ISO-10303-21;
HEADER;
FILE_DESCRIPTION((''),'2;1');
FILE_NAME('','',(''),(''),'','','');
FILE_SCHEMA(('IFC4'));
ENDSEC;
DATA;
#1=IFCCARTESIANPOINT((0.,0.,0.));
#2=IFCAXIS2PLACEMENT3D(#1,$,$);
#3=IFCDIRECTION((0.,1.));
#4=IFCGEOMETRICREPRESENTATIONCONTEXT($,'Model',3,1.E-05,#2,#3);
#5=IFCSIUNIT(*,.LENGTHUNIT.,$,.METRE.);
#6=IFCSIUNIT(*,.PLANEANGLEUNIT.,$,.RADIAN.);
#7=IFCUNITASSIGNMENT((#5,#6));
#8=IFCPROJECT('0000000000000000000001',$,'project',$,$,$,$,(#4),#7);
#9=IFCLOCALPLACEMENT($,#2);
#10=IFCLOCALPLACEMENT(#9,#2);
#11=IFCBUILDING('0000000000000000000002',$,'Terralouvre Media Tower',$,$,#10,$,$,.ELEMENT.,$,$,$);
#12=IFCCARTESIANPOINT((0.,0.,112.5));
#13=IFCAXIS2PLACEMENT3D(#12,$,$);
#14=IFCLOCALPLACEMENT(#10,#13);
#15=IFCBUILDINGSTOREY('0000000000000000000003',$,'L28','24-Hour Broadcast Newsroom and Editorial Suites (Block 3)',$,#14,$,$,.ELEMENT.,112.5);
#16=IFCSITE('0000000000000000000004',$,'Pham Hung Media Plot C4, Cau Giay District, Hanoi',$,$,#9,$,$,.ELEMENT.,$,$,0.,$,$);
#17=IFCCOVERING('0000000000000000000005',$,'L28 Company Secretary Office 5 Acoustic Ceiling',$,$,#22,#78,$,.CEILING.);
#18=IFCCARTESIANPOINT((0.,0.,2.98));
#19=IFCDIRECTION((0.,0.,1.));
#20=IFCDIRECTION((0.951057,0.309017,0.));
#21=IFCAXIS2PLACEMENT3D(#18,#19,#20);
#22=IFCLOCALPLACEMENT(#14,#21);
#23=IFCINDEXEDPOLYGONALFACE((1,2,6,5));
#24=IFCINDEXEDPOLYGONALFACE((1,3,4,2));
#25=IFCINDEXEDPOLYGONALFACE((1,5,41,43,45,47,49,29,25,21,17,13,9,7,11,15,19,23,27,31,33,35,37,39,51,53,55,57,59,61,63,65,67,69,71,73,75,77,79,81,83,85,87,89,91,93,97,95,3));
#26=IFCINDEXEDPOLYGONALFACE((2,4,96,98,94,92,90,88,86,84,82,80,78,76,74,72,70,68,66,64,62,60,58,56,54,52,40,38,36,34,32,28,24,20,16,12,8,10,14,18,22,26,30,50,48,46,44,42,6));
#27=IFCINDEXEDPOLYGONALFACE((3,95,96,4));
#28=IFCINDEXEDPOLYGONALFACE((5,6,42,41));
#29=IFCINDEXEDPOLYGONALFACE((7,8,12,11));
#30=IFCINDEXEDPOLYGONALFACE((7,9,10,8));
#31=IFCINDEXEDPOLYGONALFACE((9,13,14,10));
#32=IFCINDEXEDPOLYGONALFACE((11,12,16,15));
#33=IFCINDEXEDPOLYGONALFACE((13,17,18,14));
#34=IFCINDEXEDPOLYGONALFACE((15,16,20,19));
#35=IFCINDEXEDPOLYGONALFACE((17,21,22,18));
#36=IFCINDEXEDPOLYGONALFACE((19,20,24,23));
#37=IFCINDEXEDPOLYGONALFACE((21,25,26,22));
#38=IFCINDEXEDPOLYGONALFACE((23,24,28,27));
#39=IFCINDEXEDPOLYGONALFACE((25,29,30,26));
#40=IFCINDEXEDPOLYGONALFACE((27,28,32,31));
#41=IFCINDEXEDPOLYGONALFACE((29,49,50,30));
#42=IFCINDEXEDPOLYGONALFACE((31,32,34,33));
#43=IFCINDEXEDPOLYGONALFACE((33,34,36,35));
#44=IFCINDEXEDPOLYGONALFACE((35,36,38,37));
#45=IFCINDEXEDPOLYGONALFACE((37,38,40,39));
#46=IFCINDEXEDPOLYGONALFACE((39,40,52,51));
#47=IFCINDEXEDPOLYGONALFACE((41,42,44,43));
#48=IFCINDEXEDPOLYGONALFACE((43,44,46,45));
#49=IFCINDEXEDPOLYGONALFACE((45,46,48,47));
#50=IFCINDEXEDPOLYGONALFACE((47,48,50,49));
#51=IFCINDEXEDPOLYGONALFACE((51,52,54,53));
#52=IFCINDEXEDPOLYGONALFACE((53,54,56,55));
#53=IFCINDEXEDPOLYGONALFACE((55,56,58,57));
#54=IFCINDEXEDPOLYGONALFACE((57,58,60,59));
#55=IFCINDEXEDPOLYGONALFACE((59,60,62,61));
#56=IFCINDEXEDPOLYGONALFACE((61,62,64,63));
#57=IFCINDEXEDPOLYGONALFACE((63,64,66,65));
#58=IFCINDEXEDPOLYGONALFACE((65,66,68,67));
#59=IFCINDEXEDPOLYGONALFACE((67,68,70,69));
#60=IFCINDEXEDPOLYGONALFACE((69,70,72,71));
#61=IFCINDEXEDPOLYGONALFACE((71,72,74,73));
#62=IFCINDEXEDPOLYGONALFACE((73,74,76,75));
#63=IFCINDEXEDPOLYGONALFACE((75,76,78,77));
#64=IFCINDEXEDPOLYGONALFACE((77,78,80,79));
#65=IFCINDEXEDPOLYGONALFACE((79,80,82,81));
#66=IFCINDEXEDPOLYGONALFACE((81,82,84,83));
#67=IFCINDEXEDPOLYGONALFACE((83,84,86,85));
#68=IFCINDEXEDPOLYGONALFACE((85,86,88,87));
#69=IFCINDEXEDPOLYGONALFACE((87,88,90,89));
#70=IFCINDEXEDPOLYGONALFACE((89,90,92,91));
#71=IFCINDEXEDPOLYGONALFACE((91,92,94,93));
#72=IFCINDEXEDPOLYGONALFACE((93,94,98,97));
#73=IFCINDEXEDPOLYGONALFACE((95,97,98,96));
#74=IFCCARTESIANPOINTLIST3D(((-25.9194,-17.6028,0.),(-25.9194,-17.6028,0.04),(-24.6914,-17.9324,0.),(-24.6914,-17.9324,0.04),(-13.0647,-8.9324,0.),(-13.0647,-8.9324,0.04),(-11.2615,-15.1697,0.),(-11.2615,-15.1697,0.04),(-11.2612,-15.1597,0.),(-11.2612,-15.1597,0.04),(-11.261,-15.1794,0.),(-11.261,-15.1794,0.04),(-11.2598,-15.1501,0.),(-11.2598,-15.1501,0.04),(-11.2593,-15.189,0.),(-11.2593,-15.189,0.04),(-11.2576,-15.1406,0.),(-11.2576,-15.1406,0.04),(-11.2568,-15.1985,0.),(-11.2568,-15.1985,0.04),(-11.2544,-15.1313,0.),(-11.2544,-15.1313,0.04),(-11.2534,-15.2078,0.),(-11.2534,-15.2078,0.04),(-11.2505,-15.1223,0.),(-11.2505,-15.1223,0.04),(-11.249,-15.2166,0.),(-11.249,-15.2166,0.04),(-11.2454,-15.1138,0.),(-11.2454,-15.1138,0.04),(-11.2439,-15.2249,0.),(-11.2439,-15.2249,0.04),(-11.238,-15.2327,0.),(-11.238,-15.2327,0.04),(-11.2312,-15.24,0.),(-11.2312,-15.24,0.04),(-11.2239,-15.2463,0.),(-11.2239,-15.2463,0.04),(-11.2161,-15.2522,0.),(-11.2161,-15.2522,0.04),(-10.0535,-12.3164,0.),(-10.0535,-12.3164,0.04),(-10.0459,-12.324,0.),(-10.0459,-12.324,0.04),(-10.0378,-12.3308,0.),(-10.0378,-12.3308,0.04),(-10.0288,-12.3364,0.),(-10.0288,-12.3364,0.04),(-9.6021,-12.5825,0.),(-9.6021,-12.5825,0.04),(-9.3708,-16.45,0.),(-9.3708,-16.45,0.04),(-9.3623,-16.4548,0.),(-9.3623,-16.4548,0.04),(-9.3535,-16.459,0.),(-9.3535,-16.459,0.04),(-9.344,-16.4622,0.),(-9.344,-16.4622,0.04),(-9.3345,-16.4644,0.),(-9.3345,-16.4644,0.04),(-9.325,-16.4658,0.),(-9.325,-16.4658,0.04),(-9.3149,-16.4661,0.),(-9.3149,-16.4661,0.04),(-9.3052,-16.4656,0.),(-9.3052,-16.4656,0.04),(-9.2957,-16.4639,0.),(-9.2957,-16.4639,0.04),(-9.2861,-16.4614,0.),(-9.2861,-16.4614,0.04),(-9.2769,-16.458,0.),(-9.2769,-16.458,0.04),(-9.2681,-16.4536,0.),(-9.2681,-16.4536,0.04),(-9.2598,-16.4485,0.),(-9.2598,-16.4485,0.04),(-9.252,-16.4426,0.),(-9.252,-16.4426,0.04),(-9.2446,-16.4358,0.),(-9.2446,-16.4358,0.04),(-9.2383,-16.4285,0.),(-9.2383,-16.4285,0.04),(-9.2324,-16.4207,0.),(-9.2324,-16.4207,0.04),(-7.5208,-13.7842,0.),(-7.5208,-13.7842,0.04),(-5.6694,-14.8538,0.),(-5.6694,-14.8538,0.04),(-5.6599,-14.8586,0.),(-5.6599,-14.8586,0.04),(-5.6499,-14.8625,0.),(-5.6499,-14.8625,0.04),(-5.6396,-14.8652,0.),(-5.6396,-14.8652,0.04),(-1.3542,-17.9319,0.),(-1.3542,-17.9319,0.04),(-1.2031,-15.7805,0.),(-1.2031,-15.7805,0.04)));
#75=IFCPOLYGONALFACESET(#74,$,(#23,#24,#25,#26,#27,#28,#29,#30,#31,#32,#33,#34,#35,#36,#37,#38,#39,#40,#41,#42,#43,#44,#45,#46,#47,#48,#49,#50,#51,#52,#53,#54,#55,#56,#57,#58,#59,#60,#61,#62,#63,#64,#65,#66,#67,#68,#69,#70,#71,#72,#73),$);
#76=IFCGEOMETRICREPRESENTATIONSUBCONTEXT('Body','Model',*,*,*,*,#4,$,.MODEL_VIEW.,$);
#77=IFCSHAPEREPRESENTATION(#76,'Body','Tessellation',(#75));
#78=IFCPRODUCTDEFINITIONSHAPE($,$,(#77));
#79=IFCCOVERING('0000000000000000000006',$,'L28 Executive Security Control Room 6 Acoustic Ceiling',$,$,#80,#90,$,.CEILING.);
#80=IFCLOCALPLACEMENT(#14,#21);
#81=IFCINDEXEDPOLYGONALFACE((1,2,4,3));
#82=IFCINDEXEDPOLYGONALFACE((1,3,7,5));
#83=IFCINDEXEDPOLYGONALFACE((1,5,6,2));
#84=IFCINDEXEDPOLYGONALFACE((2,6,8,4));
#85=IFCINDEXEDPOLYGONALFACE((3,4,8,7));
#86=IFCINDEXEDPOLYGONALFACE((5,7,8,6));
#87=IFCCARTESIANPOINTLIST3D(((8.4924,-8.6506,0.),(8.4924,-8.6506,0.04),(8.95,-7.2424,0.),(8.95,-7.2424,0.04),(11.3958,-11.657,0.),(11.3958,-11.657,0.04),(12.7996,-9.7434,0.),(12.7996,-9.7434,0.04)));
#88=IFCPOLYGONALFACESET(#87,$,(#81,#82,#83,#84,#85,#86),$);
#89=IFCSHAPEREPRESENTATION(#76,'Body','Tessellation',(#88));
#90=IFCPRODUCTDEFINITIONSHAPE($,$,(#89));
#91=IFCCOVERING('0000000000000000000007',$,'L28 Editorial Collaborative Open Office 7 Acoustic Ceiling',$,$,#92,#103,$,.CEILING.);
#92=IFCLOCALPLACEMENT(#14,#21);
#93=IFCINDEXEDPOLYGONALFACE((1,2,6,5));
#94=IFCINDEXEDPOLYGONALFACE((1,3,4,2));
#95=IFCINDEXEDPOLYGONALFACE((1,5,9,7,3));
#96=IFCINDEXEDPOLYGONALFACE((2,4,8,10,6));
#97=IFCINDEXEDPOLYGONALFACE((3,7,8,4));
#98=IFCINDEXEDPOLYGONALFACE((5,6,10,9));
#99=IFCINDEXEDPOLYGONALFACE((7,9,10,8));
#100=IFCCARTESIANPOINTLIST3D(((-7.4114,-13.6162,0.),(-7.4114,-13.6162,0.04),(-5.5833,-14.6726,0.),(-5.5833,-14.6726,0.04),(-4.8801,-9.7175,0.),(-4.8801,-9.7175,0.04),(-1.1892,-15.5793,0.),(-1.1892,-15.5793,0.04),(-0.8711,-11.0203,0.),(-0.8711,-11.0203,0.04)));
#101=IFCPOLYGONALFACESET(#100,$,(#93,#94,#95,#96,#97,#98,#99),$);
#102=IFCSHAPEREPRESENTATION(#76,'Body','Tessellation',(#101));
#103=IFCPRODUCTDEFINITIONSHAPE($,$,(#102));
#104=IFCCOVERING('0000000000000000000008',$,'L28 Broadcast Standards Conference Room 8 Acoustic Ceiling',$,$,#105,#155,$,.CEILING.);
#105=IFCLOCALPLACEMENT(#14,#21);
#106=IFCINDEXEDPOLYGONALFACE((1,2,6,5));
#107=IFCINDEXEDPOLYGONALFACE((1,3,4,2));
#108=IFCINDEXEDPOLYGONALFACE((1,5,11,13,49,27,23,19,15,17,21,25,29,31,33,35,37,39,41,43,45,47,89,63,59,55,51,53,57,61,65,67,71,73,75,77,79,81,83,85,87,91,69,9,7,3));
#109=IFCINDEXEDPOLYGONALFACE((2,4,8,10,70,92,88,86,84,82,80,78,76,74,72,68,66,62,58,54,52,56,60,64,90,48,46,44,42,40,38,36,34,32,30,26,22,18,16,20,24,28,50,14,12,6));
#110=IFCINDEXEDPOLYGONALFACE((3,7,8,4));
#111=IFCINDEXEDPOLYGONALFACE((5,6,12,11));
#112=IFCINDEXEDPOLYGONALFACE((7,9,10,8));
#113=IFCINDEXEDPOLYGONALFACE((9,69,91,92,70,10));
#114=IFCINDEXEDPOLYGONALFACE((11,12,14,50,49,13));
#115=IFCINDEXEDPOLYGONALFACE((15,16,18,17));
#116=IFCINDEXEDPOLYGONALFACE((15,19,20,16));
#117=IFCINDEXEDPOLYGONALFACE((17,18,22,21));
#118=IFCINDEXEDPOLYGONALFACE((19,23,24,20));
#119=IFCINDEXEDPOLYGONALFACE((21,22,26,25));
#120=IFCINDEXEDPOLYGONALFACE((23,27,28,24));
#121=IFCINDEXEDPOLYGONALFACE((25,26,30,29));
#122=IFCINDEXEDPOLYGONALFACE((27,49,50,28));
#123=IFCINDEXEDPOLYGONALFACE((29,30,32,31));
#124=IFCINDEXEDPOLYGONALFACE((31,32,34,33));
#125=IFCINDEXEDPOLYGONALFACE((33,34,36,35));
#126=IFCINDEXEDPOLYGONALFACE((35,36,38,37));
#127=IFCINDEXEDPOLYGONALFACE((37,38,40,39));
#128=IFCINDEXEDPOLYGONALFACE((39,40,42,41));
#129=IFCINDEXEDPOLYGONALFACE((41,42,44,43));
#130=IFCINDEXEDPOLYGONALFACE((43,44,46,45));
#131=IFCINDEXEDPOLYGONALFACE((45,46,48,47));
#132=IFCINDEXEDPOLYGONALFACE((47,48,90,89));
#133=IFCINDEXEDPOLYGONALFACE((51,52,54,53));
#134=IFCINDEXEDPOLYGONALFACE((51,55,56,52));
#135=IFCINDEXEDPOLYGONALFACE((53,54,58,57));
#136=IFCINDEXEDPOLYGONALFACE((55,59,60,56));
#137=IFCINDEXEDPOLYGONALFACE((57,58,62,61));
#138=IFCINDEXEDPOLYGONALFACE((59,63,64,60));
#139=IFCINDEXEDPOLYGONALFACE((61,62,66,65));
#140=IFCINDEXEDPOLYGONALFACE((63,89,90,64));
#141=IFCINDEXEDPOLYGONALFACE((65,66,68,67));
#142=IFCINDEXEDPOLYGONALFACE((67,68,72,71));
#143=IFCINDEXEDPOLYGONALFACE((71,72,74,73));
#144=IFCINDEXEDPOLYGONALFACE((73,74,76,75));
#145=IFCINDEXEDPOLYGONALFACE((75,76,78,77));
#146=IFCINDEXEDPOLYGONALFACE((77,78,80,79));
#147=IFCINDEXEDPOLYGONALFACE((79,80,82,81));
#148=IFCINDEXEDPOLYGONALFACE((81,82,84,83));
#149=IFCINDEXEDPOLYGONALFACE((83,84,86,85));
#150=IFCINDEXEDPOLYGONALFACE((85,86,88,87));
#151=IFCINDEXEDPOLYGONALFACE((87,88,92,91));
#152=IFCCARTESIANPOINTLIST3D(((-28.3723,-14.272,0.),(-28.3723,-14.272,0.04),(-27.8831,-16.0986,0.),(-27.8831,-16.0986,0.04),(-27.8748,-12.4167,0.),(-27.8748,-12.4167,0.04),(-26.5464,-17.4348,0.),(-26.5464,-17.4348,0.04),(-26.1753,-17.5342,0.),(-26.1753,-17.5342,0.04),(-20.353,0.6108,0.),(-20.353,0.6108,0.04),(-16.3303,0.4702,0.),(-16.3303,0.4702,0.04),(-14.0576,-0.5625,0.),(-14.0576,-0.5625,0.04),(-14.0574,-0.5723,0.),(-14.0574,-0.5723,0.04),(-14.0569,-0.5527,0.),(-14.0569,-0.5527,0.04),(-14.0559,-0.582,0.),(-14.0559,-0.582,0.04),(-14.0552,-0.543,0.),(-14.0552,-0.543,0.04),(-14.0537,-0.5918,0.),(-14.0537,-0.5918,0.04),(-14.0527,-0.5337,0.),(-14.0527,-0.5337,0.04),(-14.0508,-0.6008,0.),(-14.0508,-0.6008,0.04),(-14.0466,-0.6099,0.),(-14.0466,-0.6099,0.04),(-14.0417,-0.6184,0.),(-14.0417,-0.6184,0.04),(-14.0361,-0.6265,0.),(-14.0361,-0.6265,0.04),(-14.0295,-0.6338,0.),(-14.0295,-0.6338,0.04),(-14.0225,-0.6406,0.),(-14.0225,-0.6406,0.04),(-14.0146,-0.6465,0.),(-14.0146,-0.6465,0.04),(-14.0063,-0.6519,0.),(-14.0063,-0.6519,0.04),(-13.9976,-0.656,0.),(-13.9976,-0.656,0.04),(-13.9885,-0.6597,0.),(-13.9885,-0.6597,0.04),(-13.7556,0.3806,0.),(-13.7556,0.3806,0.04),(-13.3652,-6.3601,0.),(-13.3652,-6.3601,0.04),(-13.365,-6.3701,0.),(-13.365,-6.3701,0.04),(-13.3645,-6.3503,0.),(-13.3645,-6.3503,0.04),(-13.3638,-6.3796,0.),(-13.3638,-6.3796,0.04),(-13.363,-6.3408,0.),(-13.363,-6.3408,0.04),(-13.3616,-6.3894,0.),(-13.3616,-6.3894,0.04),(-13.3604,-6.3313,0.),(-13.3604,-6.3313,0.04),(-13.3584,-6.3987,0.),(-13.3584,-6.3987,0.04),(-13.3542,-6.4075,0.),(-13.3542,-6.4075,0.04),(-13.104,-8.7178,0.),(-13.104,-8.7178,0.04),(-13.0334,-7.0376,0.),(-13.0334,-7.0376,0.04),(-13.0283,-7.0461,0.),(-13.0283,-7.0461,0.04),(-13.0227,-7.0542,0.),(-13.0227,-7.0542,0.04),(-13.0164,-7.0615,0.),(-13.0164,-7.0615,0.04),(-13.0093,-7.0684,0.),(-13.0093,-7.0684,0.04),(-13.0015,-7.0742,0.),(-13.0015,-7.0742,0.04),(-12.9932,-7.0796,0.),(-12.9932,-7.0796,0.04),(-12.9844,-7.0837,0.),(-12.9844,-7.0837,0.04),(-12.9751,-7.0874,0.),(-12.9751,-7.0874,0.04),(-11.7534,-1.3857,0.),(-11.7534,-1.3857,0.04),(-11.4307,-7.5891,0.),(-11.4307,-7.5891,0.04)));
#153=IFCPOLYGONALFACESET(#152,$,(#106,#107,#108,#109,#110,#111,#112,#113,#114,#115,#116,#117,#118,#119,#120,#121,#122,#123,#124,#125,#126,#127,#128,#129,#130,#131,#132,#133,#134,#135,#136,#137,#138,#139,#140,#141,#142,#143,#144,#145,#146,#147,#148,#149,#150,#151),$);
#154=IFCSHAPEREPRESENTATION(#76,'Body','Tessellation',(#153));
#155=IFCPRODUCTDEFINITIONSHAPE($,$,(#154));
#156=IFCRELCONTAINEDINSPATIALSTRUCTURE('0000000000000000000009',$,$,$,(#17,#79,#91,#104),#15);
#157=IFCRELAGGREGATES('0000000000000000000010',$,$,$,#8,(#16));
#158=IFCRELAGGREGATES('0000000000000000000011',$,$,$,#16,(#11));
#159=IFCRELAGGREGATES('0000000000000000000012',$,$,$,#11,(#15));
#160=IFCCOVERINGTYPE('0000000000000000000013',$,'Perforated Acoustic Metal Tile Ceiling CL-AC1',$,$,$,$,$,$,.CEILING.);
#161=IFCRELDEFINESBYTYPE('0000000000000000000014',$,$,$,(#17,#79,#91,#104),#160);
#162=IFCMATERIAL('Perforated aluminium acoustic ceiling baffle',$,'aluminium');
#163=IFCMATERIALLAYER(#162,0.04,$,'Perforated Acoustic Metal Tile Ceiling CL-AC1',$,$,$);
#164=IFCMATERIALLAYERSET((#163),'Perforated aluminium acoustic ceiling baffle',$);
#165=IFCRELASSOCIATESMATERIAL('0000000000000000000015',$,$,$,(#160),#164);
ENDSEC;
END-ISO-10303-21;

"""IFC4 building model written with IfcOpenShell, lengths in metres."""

from ifc_helpers import new_model, si_unit, direction, frame, origin, place, context, subcontext, project, spatial, polyline, outline, extrude, material, layer, layer_set, type_object, element, save


model = new_model("IFC4")

# Units and contexts
model_context = context("Model", 3, precision=1e-05, world=origin(), true_north=direction((0.0, 1.0)))
body_context = subcontext(model_context, "Body", "Model", "MODEL_VIEW")
ifc_project = project(units=[si_unit("LENGTHUNIT", "METRE"), si_unit("PLANEANGLEUNIT", "RADIAN")], contexts=[model_context])

# Site, building, storey
site_placement = place(None, origin())
site = spatial("IfcSite", under=ifc_project, at=site_placement, Name="Pham Hung Media Plot C4, Cau Giay District, Hanoi", CompositionType="ELEMENT", RefElevation=0.0)
building_placement = place(site_placement, origin())
building = spatial("IfcBuilding", under=site, at=building_placement, Name="Terralouvre Media Tower", CompositionType="ELEMENT")
storey_placement = place(building_placement, frame((0.0, 0.0, 112.5)))
storey = spatial("IfcBuildingStorey", under=building, at=storey_placement, Name="L28", Description="24-Hour Broadcast Newsroom and Editorial Suites (Block 3)", CompositionType="ELEMENT", Elevation=112.5)

# Coverings
ifc_material_1 = material(Name="Perforated aluminium acoustic ceiling baffle", Category="aluminium")
ifc_layer_1 = layer(ifc_material_1, 0.04, Name="Perforated Acoustic Metal Tile Ceiling CL-AC1")
ifc_layer_set_1 = layer_set([ifc_layer_1], Name="Perforated aluminium acoustic ceiling baffle")
covering_type = type_object("IfcCoveringType", Name="Perforated Acoustic Metal Tile Ceiling CL-AC1", PredefinedType="CEILING", material=ifc_layer_set_1)
covering_1_placement = place(storey_placement, frame((0.0, 0.0, 2.98), z_axis=(0.0, 0.0, 1.0), x_axis=(0.951057, 0.309017, 0.0)))
element("IfcCovering", 1, at=covering_1_placement, inside=storey, type_object=covering_type, Name="L28 Company Secretary Office 5 Acoustic Ceiling", PredefinedType="CEILING", context=body_context, shape_type="SweptSolid", body=[
    extrude(outline(polyline([(-5.6396, -14.8652), (-5.6499, -14.8625), (-5.6599, -14.8586), (-5.6694, -14.8538), (-7.5208, -13.7842), (-9.2324, -16.4207), (-9.2383, -16.4285), (-9.2446, -16.4358), (-9.252, -16.4426), (-9.2598, -16.4485), (-9.2681, -16.4536), (-9.2769, -16.458), (-9.2861, -16.4614), (-9.2957, -16.4639), (-9.3052, -16.4656), (-9.3149, -16.4661), (-9.325, -16.4658), (-9.3345, -16.4644), (-9.344, -16.4622), (-9.3535, -16.459), (-9.3623, -16.4548), (-9.3708, -16.45), (-11.2161, -15.2522), (-11.2239, -15.2463), (-11.2312, -15.24), (-11.238, -15.2327), (-11.2439, -15.2249), (-11.249, -15.2166), (-11.2534, -15.2078), (-11.2568, -15.1985), (-11.2593, -15.189), (-11.261, -15.1794), (-11.2615, -15.1697), (-11.2612, -15.1597), (-11.2598, -15.1501), (-11.2576, -15.1406), (-11.2544, -15.1313), (-11.2505, -15.1223), (-11.2454, -15.1138), (-9.6021, -12.5825), (-10.0288, -12.3364), (-10.0378, -12.3308), (-10.0459, -12.324), (-10.0535, -12.3164), (-13.0647, -8.9324), (-25.9194, -17.6028), (-24.6914, -17.9324), (-1.3542, -17.9319), (-1.2031, -15.7805), (-5.6396, -14.8652)])), origin(), (0.0, 0.0, 1.0), 0.04),
])
covering_2_placement = place(storey_placement, frame((0.0, 0.0, 2.98), z_axis=(0.0, 0.0, 1.0), x_axis=(0.951057, 0.309017, 0.0)))
element("IfcCovering", 2, at=covering_2_placement, inside=storey, type_object=covering_type, Name="L28 Executive Security Control Room 6 Acoustic Ceiling", PredefinedType="CEILING", context=body_context, shape_type="SweptSolid", body=[
    extrude(outline(polyline([(12.7996, -9.7434), (8.95, -7.2424), (8.4924, -8.6506), (11.3958, -11.657), (12.7996, -9.7434)])), origin(), (0.0, 0.0, 1.0), 0.04),
])
covering_3_placement = place(storey_placement, frame((0.0, 0.0, 2.98), z_axis=(0.0, 0.0, 1.0), x_axis=(0.951057, 0.309017, 0.0)))
element("IfcCovering", 3, at=covering_3_placement, inside=storey, type_object=covering_type, Name="L28 Editorial Collaborative Open Office 7 Acoustic Ceiling", PredefinedType="CEILING", context=body_context, shape_type="SweptSolid", body=[
    extrude(outline(polyline([(-1.1892, -15.5793), (-0.8711, -11.0203), (-4.8801, -9.7175), (-7.4114, -13.6162), (-5.5833, -14.6726), (-1.1892, -15.5793)])), origin(), (0.0, 0.0, 1.0), 0.04),
])
covering_4_placement = place(storey_placement, frame((0.0, 0.0, 2.98), z_axis=(0.0, 0.0, 1.0), x_axis=(0.951057, 0.309017, 0.0)))
element("IfcCovering", 4, at=covering_4_placement, inside=storey, type_object=covering_type, Name="L28 Broadcast Standards Conference Room 8 Acoustic Ceiling", PredefinedType="CEILING", context=body_context, shape_type="SweptSolid", body=[
    extrude(outline(polyline([(-11.4307, -7.5891), (-12.9751, -7.0874), (-12.9844, -7.0837), (-12.9932, -7.0796), (-13.0015, -7.0742), (-13.0093, -7.0684), (-13.0164, -7.0615), (-13.0227, -7.0542), (-13.0283, -7.0461), (-13.0334, -7.0376), (-13.3542, -6.4075), (-13.3584, -6.3987), (-13.3616, -6.3894), (-13.3638, -6.3796), (-13.365, -6.3701), (-13.3652, -6.3601), (-13.3645, -6.3503), (-13.363, -6.3408), (-13.3604, -6.3313), (-11.7534, -1.3857), (-13.9885, -0.6597), (-13.9976, -0.656), (-14.0063, -0.6519), (-14.0146, -0.6465), (-14.0225, -0.6406), (-14.0295, -0.6338), (-14.0361, -0.6265), (-14.0417, -0.6184), (-14.0466, -0.6099), (-14.0508, -0.6008), (-14.0537, -0.5918), (-14.0559, -0.582), (-14.0574, -0.5723), (-14.0576, -0.5625), (-14.0569, -0.5527), (-14.0552, -0.543), (-14.0527, -0.5337), (-13.7556, 0.3806), (-16.3303, 0.4702), (-20.353, 0.6108), (-27.8748, -12.4167), (-28.3723, -14.272), (-27.8831, -16.0986), (-26.5464, -17.4348), (-26.1753, -17.5342), (-13.104, -8.7178), (-11.4307, -7.5891)])), origin(), (0.0, 0.0, 1.0), 0.04),
])

save(model, "model.ifc")
